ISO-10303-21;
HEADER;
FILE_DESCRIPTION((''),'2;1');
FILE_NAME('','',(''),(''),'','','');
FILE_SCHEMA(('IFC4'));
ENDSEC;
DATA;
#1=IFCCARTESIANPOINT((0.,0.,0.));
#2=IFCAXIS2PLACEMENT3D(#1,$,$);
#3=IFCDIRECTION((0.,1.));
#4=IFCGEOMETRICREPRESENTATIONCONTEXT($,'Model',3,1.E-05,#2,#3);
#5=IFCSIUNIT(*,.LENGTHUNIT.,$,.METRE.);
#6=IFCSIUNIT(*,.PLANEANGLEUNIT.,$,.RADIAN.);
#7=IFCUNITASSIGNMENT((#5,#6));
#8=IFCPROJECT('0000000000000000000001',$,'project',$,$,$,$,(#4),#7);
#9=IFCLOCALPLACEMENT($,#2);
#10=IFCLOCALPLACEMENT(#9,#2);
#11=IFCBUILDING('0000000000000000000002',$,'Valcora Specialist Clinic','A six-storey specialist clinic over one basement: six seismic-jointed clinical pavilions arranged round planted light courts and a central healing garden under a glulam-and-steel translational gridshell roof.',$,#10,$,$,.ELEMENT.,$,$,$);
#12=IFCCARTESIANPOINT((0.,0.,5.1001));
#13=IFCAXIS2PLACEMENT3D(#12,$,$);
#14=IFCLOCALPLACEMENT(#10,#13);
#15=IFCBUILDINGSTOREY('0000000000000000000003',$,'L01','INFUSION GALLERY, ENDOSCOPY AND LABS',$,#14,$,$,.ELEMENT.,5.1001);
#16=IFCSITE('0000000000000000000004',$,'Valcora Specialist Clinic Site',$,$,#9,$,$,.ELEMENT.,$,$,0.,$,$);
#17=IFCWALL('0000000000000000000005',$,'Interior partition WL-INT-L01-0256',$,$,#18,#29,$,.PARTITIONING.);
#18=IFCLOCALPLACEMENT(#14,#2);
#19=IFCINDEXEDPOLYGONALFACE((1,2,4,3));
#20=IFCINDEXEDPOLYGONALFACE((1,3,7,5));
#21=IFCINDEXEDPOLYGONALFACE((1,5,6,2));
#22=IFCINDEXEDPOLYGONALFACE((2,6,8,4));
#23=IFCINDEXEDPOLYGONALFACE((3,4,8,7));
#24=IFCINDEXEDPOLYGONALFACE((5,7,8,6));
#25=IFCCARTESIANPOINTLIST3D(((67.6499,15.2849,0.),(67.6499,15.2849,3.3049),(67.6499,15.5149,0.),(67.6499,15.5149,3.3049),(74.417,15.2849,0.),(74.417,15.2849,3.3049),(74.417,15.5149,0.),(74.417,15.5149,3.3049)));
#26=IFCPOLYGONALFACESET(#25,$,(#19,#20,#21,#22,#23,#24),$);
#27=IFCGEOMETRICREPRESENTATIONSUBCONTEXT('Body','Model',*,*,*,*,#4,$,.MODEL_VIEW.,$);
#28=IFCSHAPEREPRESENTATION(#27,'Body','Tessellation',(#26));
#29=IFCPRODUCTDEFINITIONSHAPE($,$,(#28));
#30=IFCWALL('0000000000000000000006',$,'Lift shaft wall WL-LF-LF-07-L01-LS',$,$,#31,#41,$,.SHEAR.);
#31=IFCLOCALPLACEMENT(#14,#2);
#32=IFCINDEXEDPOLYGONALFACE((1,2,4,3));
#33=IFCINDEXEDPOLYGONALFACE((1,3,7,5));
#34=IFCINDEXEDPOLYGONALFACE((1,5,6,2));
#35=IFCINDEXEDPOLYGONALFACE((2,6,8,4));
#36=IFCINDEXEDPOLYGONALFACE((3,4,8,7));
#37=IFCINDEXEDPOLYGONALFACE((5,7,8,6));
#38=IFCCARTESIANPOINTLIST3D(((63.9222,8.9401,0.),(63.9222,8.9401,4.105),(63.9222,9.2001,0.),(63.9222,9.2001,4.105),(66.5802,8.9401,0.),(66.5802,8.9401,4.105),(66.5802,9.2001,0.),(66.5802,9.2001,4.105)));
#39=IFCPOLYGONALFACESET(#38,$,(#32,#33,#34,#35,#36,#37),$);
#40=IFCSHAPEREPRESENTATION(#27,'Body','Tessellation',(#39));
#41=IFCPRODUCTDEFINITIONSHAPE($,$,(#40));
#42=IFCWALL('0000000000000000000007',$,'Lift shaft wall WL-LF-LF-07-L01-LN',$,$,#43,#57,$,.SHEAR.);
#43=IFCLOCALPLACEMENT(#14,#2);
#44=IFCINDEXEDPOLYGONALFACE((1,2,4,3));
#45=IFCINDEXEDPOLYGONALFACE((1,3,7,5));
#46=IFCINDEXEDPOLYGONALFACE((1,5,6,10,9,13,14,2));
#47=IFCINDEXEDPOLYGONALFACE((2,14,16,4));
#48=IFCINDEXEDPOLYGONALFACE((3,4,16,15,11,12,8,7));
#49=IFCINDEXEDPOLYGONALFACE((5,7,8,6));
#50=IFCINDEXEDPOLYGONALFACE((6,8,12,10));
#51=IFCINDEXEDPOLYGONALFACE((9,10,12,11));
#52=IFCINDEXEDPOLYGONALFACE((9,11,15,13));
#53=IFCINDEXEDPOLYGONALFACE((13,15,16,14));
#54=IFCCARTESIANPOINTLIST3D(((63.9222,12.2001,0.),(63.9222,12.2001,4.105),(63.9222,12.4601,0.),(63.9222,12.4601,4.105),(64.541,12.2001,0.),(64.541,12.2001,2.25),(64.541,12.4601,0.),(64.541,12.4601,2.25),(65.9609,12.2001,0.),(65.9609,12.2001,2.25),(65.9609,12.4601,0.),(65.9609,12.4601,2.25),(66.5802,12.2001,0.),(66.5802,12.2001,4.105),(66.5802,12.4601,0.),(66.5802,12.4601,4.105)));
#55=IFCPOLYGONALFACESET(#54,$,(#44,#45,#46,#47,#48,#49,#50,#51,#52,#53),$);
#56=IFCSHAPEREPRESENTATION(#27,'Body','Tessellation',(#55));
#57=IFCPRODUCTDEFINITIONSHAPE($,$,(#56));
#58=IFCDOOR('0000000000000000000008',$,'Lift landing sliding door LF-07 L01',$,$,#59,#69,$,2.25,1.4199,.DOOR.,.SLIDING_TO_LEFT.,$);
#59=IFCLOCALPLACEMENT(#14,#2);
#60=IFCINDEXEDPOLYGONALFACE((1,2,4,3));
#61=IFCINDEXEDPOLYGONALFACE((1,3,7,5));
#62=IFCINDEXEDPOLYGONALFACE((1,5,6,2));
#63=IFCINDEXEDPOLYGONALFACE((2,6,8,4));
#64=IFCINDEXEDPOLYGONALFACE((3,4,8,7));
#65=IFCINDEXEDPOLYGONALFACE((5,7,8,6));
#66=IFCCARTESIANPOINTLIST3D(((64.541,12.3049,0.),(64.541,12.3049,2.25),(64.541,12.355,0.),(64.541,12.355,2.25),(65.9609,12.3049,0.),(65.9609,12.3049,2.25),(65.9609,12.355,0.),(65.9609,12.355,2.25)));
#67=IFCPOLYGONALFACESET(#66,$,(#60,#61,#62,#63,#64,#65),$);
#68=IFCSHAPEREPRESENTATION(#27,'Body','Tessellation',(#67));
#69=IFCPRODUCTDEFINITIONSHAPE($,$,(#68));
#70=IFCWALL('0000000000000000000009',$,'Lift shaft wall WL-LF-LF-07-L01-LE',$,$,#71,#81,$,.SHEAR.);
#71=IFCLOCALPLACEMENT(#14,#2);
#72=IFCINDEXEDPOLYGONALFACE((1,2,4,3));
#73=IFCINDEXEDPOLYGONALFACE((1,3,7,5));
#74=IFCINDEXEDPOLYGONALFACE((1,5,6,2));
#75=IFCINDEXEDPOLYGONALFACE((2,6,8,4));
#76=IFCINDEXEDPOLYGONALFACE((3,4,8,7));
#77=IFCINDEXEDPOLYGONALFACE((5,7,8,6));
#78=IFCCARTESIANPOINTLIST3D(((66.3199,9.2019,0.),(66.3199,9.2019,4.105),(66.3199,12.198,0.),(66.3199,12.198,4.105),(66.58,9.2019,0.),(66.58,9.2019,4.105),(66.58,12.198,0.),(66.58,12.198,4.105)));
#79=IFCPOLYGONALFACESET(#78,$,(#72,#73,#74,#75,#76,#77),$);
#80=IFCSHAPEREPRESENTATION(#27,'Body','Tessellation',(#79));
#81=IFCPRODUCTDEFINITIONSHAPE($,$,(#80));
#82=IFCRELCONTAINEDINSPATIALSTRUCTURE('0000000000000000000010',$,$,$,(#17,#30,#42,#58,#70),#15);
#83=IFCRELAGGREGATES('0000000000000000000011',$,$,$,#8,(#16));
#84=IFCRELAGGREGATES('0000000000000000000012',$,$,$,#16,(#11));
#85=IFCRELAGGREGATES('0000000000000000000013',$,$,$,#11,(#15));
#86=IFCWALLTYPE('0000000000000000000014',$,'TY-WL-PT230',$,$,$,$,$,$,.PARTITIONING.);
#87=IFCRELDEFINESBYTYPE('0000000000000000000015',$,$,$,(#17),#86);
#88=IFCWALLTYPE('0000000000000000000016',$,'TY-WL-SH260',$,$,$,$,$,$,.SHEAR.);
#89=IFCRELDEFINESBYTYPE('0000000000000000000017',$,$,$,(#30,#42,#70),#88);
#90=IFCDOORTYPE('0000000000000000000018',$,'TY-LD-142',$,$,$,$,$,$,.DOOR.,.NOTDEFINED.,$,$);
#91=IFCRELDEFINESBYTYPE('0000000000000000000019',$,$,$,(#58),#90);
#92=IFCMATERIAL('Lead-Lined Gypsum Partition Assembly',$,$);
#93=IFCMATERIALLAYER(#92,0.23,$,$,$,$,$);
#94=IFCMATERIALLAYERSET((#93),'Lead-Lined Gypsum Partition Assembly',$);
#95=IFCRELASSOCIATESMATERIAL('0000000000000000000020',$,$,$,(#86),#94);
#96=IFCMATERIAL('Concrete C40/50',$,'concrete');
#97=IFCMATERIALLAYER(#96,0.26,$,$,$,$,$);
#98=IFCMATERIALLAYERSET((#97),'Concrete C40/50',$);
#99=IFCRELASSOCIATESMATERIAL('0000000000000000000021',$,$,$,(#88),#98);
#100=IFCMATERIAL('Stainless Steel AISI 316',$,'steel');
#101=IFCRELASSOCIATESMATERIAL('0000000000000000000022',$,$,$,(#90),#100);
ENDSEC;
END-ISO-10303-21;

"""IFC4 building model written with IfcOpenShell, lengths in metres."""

from ifc_helpers import new_model, si_unit, direction, frame, frame_2d, origin, place, context, subcontext, project, spatial, rectangle, extrude, material, layer, layer_set, type_object, element, fill, save


model = new_model("IFC4")

# Units and contexts
model_context = context("Model", 3, precision=1e-05, world=origin(), true_north=direction((0.0, 1.0)))
body_context = subcontext(model_context, "Body", "Model", "MODEL_VIEW")
ifc_project = project(units=[si_unit("LENGTHUNIT", "METRE"), si_unit("PLANEANGLEUNIT", "RADIAN")], contexts=[model_context])

# Site, building, storey
site_placement = place(None, origin())
site = spatial("IfcSite", under=ifc_project, at=site_placement, Name="Valcora Specialist Clinic Site", CompositionType="ELEMENT", RefElevation=0.0)
building_placement = place(site_placement, origin())
building = spatial("IfcBuilding", under=site, at=building_placement, Name="Valcora Specialist Clinic", Description="A six-storey specialist clinic over one basement: six seismic-jointed clinical pavilions arranged round planted light courts and a central healing garden under a glulam-and-steel translational gridshell roof.", CompositionType="ELEMENT")
storey_placement = place(building_placement, frame((0.0, 0.0, 5.1001)))
storey = spatial("IfcBuildingStorey", under=building, at=storey_placement, Name="L01", Description="INFUSION GALLERY, ENDOSCOPY AND LABS", CompositionType="ELEMENT", Elevation=5.1001)

# Shared definitions
ifc_material_1 = material(Name="Concrete C40/50", Category="concrete")

# Shared definitions
ifc_material_2 = material(Name="Lead-Lined Gypsum Partition Assembly")

# Walls
ifc_layer_1 = layer(ifc_material_2, 0.23)
ifc_layer_set_1 = layer_set([ifc_layer_1], Name="Lead-Lined Gypsum Partition Assembly")
wall_type_1 = type_object("IfcWallType", Name="TY-WL-PT230", PredefinedType="PARTITIONING", material=ifc_layer_set_1)
wall_1_placement = place(storey_placement, frame((67.6499, 15.3999, 0.0), z_axis=(0.0, 0.0, 1.0), x_axis=(1.0, 0.0, 0.0)))
element("IfcWall", 1, at=wall_1_placement, inside=storey, type_object=wall_type_1, Name="Interior partition WL-INT-L01-0256", PredefinedType="PARTITIONING", context=body_context, shape_type="SweptSolid", body=[
    extrude(rectangle(XDim=6.7671, YDim=0.23, at=frame_2d((3.3835, 0.0))), origin(), (0.0, 0.0, 1.0), 3.3049),
])
ifc_layer_2 = layer(ifc_material_1, 0.26)
ifc_layer_set_2 = layer_set([ifc_layer_2], Name="Concrete C40/50")
wall_type_2 = type_object("IfcWallType", Name="TY-WL-SH260", PredefinedType="SHEAR", material=ifc_layer_set_2)
wall_2_placement = place(storey_placement, frame((63.9221, 9.0701, 0.0), z_axis=(0.0, 0.0, 1.0), x_axis=(1.0, 0.0, 0.0)))
element("IfcWall", 2, at=wall_2_placement, inside=storey, type_object=wall_type_2, Name="Lift shaft wall WL-LF-LF-07-L01-LS", PredefinedType="SHEAR", context=body_context, shape_type="SweptSolid", body=[
    extrude(rectangle(XDim=2.658, YDim=0.26, at=frame_2d((1.3291, 0.0))), origin(), (0.0, 0.0, 1.0), 4.105),
])

# Wall, opening, door
wall_3_placement = place(storey_placement, frame((63.9221, 12.3301, 0.0), z_axis=(0.0, 0.0, 1.0), x_axis=(1.0, 0.0, 0.0)))
wall_3 = element("IfcWall", 3, at=wall_3_placement, inside=storey, type_object=wall_type_2, Name="Lift shaft wall WL-LF-LF-07-L01-LN", PredefinedType="SHEAR", context=body_context, shape_type="SweptSolid", body=[
    extrude(rectangle(XDim=2.658, YDim=0.26, at=frame_2d((1.3291, 0.0))), origin(), (0.0, 0.0, 1.0), 4.105),
])
opening_1_placement = place(wall_3_placement, frame((0.6189, 0.0, 0.0)))
opening_1 = element("IfcOpeningElement", 4, at=opening_1_placement, cuts=wall_3, PredefinedType="OPENING", context=body_context, shape_type="SweptSolid", body=[
    extrude(rectangle(XDim=1.4199, YDim=2.25, at=frame_2d((0.71, 1.125))), frame((0.0, 0.1399, 0.0), z_axis=(0.0, -1.0, 0.0), x_axis=(1.0, 0.0, 0.0)), (0.0, 0.0, 1.0), 0.28),
])
ifc_material_3 = material(Name="Stainless Steel AISI 316", Category="steel")
door_type_1 = type_object("IfcDoorType", Name="TY-LD-142", OperationType="NOTDEFINED", PredefinedType="DOOR", material=ifc_material_3)
door_1_placement = place(opening_1_placement, origin())
door_1 = element("IfcDoor", 5, at=door_1_placement, inside=storey, type_object=door_type_1, Name="Lift landing sliding door LF-07 L01", OperationType="SLIDING_TO_LEFT", OverallHeight=2.25, OverallWidth=1.4199, PredefinedType="DOOR", context=body_context, shape_type="SweptSolid", body=[
    extrude(rectangle(XDim=1.4199, YDim=2.25, at=frame_2d((0.71, 1.125))), frame((0.0, 0.0249, 0.0), z_axis=(0.0, -1.0, 0.0), x_axis=(1.0, 0.0, 0.0)), (0.0, 0.0, 1.0), 0.05),
])
fill(opening_1, door_1)

# Wall
wall_4_placement = place(storey_placement, frame((66.45, 9.2019, 0.0), z_axis=(0.0, 0.0, 1.0), x_axis=(0.0, 1.0, 0.0)))
element("IfcWall", 6, at=wall_4_placement, inside=storey, type_object=wall_type_2, Name="Lift shaft wall WL-LF-LF-07-L01-LE", PredefinedType="SHEAR", context=body_context, shape_type="SweptSolid", body=[
    extrude(rectangle(XDim=2.9961, YDim=0.26, at=frame_2d((1.498, 0.0))), origin(), (0.0, 0.0, 1.0), 4.105),
])

save(model, "model.ifc")
